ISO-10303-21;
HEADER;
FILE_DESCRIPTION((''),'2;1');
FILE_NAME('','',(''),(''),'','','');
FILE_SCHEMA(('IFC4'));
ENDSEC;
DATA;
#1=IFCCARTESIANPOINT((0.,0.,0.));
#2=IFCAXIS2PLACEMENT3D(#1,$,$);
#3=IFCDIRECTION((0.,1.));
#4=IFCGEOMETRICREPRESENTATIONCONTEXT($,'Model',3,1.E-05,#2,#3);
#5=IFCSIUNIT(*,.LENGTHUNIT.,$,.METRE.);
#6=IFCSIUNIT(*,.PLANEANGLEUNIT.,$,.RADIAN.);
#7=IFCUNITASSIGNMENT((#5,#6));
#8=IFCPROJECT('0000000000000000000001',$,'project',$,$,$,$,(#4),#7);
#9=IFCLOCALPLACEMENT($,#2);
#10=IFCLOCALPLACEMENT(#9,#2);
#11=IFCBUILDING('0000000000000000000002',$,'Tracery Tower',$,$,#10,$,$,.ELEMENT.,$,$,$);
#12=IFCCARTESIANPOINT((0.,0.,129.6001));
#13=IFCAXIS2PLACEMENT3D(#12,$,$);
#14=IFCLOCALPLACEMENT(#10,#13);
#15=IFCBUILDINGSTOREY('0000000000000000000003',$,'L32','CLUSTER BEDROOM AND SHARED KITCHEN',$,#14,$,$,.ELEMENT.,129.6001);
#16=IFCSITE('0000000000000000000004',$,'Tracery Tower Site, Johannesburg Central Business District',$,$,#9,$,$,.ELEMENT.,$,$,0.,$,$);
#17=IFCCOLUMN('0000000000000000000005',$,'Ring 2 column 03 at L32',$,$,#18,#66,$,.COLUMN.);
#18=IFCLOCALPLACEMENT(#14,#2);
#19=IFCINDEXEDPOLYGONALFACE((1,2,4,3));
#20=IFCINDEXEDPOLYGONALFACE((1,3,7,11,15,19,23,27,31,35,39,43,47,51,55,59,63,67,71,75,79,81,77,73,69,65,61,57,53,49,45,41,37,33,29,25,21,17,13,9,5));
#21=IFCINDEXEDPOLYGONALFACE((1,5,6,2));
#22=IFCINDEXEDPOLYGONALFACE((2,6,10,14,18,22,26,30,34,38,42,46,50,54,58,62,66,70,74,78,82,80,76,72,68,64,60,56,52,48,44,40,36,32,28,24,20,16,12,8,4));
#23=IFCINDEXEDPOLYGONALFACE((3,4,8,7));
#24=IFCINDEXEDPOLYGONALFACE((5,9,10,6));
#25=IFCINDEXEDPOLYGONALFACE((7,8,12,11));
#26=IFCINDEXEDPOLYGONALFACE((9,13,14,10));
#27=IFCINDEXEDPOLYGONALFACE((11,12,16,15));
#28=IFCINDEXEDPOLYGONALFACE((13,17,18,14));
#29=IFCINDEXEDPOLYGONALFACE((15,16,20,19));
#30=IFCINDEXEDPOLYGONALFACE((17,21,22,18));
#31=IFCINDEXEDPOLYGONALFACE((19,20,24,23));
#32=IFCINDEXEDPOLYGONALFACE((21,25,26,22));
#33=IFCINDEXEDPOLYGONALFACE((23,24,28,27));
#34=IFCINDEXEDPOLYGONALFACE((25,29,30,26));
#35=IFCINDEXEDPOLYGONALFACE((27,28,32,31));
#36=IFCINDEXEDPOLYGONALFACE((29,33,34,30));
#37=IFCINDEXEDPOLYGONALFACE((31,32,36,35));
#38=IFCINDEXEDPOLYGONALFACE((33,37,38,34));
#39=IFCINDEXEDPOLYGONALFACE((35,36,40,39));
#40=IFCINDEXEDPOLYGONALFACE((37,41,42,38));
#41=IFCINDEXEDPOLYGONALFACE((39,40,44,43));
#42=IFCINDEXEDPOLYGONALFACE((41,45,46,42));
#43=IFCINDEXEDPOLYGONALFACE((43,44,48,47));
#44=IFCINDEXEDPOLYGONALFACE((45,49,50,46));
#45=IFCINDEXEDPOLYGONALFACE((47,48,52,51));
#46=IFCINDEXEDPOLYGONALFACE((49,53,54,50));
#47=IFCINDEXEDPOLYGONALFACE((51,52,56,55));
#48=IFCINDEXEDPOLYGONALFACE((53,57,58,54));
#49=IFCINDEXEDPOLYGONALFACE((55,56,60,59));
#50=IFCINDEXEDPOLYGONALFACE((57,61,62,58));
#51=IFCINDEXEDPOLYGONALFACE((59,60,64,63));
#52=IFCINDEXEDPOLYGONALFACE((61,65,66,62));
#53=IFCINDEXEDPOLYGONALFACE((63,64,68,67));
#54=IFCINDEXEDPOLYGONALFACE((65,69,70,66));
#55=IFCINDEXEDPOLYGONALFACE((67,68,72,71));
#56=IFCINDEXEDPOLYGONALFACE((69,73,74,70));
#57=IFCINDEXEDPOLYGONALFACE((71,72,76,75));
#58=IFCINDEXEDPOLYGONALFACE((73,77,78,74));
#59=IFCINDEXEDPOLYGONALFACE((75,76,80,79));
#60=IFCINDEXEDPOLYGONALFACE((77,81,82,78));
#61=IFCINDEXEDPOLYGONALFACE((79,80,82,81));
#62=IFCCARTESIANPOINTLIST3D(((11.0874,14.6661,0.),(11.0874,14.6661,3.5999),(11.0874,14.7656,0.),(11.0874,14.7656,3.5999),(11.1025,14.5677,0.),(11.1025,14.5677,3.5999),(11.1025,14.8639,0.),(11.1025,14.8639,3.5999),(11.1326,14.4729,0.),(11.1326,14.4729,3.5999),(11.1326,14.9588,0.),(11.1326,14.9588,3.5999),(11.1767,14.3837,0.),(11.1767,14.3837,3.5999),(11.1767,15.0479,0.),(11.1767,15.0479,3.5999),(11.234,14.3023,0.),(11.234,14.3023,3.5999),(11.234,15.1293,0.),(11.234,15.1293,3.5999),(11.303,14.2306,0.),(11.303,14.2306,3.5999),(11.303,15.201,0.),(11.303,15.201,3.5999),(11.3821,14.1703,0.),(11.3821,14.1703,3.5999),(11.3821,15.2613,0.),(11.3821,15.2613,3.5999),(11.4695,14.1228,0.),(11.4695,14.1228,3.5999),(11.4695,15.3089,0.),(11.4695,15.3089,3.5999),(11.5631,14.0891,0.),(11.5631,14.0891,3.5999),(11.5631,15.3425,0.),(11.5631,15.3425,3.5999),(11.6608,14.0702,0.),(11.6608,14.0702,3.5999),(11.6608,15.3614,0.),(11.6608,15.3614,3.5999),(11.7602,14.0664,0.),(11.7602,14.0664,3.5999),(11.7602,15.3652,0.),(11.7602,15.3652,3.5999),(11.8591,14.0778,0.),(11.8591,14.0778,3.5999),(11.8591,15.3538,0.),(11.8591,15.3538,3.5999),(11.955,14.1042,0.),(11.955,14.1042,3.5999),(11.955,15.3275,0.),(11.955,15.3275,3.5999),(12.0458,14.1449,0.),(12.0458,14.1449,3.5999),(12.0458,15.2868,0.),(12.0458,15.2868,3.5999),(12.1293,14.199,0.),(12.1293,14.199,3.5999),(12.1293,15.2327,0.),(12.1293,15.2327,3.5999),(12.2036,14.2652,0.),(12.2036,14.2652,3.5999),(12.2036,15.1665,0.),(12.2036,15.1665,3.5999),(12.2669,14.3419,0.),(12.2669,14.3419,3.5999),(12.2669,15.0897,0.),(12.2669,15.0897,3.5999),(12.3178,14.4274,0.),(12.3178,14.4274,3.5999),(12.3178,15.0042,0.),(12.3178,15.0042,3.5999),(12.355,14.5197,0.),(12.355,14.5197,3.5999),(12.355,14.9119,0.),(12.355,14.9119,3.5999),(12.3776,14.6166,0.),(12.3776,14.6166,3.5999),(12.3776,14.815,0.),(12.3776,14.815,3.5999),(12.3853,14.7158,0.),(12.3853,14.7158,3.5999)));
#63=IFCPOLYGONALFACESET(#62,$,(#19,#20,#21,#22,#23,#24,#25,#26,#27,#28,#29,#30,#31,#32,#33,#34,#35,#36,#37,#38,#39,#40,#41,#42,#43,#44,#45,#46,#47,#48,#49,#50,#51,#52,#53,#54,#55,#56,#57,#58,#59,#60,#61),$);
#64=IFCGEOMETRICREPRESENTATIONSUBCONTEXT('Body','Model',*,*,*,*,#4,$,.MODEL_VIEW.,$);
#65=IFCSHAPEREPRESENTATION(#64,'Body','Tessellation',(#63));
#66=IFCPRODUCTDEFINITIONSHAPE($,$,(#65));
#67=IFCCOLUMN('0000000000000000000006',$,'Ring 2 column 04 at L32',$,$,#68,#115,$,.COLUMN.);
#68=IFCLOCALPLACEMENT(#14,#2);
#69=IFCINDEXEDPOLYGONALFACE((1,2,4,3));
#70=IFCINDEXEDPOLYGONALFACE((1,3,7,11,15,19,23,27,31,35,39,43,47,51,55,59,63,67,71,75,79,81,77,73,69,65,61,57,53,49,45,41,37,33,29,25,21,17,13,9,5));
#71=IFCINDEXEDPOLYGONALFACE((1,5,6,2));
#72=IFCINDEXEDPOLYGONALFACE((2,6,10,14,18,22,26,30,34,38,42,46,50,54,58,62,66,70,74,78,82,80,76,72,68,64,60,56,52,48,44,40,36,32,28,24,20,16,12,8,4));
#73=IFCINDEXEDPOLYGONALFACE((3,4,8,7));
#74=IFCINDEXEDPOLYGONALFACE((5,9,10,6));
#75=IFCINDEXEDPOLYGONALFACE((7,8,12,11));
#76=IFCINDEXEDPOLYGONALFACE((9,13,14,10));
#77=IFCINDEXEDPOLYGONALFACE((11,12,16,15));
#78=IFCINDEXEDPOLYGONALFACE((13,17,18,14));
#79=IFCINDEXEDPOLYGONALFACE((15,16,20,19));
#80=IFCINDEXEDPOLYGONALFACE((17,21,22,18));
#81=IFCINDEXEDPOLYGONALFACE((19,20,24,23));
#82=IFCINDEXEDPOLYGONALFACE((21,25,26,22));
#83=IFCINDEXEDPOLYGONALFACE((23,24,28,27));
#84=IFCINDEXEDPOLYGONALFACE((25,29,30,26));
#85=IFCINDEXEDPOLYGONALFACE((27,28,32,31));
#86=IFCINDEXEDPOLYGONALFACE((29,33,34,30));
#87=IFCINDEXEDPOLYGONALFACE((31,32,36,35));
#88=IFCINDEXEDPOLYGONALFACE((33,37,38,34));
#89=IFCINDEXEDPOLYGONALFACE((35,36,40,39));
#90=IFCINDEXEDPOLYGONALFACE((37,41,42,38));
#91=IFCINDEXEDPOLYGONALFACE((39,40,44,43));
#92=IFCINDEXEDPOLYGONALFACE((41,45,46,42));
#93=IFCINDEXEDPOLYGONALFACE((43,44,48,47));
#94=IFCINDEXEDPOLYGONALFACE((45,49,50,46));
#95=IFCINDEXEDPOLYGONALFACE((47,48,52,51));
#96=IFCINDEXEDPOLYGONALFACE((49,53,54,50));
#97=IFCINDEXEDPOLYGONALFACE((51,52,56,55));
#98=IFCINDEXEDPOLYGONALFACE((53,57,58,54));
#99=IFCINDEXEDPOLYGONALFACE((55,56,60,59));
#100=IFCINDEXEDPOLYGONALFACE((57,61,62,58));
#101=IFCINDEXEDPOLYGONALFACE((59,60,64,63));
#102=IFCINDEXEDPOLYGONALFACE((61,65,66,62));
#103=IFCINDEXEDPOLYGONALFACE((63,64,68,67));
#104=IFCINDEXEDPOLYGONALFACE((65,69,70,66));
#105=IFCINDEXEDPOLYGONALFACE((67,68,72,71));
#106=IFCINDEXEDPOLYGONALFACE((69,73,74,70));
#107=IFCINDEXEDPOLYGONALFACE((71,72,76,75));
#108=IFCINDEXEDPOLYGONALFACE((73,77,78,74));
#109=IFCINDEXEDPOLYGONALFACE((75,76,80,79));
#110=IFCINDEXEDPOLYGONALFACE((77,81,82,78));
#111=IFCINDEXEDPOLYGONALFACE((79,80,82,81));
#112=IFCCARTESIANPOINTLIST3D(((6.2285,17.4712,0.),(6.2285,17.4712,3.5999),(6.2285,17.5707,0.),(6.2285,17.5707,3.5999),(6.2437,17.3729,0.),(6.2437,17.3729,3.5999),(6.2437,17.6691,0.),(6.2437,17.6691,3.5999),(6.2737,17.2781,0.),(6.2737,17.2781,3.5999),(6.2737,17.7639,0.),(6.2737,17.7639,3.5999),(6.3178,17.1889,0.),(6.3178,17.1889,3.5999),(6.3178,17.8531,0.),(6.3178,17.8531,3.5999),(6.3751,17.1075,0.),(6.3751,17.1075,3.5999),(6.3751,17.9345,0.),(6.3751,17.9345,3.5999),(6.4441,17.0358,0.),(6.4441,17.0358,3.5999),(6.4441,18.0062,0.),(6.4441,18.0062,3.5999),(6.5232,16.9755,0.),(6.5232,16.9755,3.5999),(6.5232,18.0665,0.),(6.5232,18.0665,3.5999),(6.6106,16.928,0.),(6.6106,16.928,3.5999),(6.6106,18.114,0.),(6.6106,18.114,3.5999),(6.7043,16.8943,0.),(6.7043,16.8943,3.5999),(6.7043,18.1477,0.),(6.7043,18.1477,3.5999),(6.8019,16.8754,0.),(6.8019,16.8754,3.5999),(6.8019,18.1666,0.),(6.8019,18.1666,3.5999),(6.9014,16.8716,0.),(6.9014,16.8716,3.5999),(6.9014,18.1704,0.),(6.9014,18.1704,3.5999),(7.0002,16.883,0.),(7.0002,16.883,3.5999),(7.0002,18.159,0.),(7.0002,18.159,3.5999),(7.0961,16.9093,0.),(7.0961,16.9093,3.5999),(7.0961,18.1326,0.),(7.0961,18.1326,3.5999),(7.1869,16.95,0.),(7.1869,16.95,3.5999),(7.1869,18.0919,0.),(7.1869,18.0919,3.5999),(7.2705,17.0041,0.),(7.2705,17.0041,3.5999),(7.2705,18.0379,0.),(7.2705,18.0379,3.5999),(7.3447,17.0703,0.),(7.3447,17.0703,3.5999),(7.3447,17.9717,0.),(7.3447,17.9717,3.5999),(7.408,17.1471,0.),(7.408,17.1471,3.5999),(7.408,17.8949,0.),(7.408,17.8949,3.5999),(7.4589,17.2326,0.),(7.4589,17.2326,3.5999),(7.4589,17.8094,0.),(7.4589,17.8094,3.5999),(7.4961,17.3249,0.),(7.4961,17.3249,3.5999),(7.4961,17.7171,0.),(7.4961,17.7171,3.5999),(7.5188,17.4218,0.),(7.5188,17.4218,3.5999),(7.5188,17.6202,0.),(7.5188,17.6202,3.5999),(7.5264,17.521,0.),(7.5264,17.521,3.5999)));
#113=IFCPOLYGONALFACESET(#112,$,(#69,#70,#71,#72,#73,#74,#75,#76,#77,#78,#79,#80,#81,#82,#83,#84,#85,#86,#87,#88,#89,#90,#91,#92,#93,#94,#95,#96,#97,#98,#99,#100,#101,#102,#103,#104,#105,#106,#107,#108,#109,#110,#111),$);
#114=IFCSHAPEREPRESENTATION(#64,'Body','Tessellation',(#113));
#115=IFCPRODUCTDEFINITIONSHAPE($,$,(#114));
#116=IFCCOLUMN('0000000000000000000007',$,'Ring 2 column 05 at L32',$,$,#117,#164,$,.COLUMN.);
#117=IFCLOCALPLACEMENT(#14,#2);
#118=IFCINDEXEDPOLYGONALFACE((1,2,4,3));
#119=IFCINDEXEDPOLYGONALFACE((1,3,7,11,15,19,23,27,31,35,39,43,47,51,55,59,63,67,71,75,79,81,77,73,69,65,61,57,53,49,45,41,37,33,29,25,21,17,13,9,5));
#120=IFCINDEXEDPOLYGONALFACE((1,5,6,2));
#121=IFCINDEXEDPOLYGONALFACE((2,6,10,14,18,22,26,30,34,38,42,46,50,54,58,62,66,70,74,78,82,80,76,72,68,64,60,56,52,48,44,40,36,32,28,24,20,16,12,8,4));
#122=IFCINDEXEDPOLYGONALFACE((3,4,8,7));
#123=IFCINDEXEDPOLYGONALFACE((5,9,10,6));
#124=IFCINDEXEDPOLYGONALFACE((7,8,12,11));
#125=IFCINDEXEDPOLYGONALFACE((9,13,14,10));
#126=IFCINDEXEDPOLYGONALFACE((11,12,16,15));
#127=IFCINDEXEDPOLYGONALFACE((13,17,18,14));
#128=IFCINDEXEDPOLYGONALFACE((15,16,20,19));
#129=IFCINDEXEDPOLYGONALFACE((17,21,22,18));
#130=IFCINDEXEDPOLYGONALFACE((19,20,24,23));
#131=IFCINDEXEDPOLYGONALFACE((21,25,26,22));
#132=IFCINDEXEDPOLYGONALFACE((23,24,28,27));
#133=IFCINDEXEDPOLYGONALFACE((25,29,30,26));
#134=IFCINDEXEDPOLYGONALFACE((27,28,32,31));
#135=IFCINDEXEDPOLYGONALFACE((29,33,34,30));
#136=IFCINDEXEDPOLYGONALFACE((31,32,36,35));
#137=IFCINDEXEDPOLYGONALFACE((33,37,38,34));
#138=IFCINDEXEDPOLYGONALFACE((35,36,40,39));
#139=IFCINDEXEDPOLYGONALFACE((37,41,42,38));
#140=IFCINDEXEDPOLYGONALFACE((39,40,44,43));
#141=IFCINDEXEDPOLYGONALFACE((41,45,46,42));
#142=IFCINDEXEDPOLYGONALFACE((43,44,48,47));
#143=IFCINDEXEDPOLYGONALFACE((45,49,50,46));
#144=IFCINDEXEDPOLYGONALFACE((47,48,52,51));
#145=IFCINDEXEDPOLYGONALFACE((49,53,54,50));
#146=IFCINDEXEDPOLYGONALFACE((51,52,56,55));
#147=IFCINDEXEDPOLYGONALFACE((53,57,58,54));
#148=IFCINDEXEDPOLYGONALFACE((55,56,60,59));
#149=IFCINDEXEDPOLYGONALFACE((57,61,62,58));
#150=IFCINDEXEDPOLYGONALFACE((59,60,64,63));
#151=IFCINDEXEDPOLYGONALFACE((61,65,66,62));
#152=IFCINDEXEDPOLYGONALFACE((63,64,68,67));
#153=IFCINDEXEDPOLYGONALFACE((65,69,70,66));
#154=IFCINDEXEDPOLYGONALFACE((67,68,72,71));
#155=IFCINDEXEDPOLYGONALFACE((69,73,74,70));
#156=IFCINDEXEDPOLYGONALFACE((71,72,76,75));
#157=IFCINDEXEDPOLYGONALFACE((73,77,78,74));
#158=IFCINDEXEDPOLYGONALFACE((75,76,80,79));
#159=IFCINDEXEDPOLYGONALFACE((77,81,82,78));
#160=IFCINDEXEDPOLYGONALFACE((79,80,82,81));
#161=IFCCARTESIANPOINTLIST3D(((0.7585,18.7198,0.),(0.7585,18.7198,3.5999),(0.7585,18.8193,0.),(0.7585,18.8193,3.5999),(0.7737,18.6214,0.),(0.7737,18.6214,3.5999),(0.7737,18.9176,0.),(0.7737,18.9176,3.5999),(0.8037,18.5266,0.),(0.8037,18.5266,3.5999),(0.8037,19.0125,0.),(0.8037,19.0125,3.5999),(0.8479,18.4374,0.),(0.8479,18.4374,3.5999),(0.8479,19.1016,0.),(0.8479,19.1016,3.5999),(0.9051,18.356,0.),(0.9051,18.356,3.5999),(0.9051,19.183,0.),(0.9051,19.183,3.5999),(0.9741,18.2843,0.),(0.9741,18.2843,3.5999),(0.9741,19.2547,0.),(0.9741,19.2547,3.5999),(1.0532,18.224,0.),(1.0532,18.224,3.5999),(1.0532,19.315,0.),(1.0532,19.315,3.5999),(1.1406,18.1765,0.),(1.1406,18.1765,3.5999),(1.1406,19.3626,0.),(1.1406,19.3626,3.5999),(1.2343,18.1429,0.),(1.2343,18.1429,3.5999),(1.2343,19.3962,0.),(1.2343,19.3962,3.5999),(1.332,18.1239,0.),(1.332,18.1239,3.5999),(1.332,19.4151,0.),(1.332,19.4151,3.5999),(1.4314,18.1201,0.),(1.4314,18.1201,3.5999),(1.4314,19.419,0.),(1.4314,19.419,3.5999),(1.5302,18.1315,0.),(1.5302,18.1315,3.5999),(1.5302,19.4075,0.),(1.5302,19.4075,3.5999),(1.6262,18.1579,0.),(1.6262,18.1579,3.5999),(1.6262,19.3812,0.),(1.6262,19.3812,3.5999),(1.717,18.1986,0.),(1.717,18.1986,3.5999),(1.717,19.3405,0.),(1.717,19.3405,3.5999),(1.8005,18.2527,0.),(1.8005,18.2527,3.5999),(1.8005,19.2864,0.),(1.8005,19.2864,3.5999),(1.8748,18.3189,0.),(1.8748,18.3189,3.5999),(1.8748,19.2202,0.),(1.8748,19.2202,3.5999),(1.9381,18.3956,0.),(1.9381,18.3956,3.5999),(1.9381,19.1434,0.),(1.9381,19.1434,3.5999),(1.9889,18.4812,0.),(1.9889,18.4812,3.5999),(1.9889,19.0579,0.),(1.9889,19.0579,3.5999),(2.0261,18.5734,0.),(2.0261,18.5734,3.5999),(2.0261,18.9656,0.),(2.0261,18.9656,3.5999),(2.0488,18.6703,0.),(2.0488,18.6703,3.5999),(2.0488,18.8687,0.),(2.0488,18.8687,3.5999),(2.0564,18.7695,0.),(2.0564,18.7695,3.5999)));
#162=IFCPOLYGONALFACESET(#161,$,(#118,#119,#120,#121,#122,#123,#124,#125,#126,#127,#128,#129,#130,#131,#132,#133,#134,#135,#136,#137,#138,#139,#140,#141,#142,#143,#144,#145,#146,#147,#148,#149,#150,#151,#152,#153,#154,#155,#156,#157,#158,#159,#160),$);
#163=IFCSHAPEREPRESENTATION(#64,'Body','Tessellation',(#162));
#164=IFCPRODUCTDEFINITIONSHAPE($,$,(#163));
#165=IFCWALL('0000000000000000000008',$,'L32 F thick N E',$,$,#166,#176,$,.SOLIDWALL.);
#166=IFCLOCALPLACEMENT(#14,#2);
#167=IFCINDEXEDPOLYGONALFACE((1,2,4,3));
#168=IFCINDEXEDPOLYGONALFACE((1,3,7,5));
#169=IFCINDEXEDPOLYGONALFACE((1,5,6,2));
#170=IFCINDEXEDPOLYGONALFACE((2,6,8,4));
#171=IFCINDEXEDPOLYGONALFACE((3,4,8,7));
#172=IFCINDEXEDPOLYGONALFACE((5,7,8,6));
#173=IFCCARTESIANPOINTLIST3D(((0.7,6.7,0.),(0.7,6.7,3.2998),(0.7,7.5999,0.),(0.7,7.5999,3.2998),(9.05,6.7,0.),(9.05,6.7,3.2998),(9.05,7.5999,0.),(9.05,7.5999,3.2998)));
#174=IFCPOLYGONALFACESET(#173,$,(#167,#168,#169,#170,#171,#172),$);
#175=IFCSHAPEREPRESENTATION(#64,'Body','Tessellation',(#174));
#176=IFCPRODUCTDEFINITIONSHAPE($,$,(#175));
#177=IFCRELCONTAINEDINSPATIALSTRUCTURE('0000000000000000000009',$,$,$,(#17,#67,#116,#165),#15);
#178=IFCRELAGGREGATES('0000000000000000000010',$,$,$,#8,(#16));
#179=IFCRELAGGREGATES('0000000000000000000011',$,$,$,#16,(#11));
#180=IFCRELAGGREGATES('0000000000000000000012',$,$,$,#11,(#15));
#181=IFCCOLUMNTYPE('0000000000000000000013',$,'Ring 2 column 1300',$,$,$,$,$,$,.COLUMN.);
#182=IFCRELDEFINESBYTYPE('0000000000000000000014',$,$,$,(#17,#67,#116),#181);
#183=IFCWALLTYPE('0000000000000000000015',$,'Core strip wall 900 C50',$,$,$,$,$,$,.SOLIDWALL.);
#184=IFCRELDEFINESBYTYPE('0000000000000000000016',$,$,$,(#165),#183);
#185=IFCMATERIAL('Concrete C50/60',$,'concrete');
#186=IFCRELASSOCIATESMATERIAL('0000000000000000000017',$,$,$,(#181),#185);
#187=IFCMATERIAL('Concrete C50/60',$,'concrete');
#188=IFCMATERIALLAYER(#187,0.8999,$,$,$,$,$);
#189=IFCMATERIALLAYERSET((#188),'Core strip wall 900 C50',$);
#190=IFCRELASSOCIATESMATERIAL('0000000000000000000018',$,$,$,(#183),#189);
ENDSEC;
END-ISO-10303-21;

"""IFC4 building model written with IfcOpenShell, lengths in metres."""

from ifc_helpers import new_model, si_unit, direction, frame, frame_2d, origin, origin_2d, place, context, subcontext, project, spatial, rectangle, circle, extrude, material, layer, layer_set, material_profile, profile_set, type_object, element, save


model = new_model("IFC4")

# Units and contexts
model_context = context("Model", 3, precision=1e-05, world=origin(), true_north=direction((0.0, 1.0)))
body_context = subcontext(model_context, "Body", "Model", "MODEL_VIEW")
ifc_project = project(units=[si_unit("LENGTHUNIT", "METRE"), si_unit("PLANEANGLEUNIT", "RADIAN")], contexts=[model_context])

# Site, building, storey
site_placement = place(None, origin())
site = spatial("IfcSite", under=ifc_project, at=site_placement, Name="Tracery Tower Site, Johannesburg Central Business District", CompositionType="ELEMENT", RefElevation=0.0)
building_placement = place(site_placement, origin())
building = spatial("IfcBuilding", under=site, at=building_placement, Name="Tracery Tower", CompositionType="ELEMENT")
storey_placement = place(building_placement, frame((0.0, 0.0, 129.6001)))
storey = spatial("IfcBuildingStorey", under=building, at=storey_placement, Name="L32", Description="CLUSTER BEDROOM AND SHARED KITCHEN", CompositionType="ELEMENT", Elevation=129.6001)

# Columns
ifc_material_1 = material(Name="Concrete C50/60", Category="concrete")
ifc_material_profile = material_profile(ifc_material_1, circle(Radius=0.6499, at=origin_2d()), Name="RC D1300")
ifc_profile_set = profile_set([ifc_material_profile], Name="Concrete C50/60")
column_type = type_object("IfcColumnType", Name="Ring 2 column 1300", PredefinedType="COLUMN", material=ifc_profile_set)
for number, where, z_axis, x_axis, name in (
    (1, (11.7354, 14.7158, 0.0), (0.0, 0.0, 1.0), (1.0, 0.0, 0.0), "Ring 2 column 03 at L32"),
    (2, (6.8765, 17.521, 0.0), (0.0, 0.0, 1.0), (1.0, 0.0, 0.0), "Ring 2 column 04 at L32"),
    (3, (1.4065, 18.7695, 0.0), (0.0, 0.0, 1.0), (1.0, 0.0, 0.0), "Ring 2 column 05 at L32"),
):
    element("IfcColumn", number, at=place(storey_placement, frame(where, z_axis=z_axis, x_axis=x_axis)), inside=storey, type_object=column_type, Name=name, PredefinedType="COLUMN", context=body_context, shape_type="SweptSolid", body=[
        extrude(circle(Radius=0.6499, at=origin_2d()), origin(), (0.0, 0.0, 1.0), 3.5999),
    ])

# Wall
ifc_material_2 = material(Name="Concrete C50/60", Category="concrete")
ifc_layer_1 = layer(ifc_material_2, 0.8999)
ifc_layer_set_1 = layer_set([ifc_layer_1], Name="Core strip wall 900 C50")
wall_type_1 = type_object("IfcWallType", Name="Core strip wall 900 C50", PredefinedType="SOLIDWALL", material=ifc_layer_set_1)
wall_1_placement = place(storey_placement, frame((0.7, 7.1499, 0.0), z_axis=(0.0, 0.0, 1.0), x_axis=(1.0, 0.0, 0.0)))
element("IfcWall", 4, at=wall_1_placement, inside=storey, type_object=wall_type_1, Name="L32 F thick N E", PredefinedType="SOLIDWALL", context=body_context, shape_type="SweptSolid", body=[
    extrude(rectangle(XDim=8.3501, YDim=0.8999, at=frame_2d((4.175, 0.0))), origin(), (0.0, 0.0, 1.0), 3.2998),
])

save(model, "model.ifc")
